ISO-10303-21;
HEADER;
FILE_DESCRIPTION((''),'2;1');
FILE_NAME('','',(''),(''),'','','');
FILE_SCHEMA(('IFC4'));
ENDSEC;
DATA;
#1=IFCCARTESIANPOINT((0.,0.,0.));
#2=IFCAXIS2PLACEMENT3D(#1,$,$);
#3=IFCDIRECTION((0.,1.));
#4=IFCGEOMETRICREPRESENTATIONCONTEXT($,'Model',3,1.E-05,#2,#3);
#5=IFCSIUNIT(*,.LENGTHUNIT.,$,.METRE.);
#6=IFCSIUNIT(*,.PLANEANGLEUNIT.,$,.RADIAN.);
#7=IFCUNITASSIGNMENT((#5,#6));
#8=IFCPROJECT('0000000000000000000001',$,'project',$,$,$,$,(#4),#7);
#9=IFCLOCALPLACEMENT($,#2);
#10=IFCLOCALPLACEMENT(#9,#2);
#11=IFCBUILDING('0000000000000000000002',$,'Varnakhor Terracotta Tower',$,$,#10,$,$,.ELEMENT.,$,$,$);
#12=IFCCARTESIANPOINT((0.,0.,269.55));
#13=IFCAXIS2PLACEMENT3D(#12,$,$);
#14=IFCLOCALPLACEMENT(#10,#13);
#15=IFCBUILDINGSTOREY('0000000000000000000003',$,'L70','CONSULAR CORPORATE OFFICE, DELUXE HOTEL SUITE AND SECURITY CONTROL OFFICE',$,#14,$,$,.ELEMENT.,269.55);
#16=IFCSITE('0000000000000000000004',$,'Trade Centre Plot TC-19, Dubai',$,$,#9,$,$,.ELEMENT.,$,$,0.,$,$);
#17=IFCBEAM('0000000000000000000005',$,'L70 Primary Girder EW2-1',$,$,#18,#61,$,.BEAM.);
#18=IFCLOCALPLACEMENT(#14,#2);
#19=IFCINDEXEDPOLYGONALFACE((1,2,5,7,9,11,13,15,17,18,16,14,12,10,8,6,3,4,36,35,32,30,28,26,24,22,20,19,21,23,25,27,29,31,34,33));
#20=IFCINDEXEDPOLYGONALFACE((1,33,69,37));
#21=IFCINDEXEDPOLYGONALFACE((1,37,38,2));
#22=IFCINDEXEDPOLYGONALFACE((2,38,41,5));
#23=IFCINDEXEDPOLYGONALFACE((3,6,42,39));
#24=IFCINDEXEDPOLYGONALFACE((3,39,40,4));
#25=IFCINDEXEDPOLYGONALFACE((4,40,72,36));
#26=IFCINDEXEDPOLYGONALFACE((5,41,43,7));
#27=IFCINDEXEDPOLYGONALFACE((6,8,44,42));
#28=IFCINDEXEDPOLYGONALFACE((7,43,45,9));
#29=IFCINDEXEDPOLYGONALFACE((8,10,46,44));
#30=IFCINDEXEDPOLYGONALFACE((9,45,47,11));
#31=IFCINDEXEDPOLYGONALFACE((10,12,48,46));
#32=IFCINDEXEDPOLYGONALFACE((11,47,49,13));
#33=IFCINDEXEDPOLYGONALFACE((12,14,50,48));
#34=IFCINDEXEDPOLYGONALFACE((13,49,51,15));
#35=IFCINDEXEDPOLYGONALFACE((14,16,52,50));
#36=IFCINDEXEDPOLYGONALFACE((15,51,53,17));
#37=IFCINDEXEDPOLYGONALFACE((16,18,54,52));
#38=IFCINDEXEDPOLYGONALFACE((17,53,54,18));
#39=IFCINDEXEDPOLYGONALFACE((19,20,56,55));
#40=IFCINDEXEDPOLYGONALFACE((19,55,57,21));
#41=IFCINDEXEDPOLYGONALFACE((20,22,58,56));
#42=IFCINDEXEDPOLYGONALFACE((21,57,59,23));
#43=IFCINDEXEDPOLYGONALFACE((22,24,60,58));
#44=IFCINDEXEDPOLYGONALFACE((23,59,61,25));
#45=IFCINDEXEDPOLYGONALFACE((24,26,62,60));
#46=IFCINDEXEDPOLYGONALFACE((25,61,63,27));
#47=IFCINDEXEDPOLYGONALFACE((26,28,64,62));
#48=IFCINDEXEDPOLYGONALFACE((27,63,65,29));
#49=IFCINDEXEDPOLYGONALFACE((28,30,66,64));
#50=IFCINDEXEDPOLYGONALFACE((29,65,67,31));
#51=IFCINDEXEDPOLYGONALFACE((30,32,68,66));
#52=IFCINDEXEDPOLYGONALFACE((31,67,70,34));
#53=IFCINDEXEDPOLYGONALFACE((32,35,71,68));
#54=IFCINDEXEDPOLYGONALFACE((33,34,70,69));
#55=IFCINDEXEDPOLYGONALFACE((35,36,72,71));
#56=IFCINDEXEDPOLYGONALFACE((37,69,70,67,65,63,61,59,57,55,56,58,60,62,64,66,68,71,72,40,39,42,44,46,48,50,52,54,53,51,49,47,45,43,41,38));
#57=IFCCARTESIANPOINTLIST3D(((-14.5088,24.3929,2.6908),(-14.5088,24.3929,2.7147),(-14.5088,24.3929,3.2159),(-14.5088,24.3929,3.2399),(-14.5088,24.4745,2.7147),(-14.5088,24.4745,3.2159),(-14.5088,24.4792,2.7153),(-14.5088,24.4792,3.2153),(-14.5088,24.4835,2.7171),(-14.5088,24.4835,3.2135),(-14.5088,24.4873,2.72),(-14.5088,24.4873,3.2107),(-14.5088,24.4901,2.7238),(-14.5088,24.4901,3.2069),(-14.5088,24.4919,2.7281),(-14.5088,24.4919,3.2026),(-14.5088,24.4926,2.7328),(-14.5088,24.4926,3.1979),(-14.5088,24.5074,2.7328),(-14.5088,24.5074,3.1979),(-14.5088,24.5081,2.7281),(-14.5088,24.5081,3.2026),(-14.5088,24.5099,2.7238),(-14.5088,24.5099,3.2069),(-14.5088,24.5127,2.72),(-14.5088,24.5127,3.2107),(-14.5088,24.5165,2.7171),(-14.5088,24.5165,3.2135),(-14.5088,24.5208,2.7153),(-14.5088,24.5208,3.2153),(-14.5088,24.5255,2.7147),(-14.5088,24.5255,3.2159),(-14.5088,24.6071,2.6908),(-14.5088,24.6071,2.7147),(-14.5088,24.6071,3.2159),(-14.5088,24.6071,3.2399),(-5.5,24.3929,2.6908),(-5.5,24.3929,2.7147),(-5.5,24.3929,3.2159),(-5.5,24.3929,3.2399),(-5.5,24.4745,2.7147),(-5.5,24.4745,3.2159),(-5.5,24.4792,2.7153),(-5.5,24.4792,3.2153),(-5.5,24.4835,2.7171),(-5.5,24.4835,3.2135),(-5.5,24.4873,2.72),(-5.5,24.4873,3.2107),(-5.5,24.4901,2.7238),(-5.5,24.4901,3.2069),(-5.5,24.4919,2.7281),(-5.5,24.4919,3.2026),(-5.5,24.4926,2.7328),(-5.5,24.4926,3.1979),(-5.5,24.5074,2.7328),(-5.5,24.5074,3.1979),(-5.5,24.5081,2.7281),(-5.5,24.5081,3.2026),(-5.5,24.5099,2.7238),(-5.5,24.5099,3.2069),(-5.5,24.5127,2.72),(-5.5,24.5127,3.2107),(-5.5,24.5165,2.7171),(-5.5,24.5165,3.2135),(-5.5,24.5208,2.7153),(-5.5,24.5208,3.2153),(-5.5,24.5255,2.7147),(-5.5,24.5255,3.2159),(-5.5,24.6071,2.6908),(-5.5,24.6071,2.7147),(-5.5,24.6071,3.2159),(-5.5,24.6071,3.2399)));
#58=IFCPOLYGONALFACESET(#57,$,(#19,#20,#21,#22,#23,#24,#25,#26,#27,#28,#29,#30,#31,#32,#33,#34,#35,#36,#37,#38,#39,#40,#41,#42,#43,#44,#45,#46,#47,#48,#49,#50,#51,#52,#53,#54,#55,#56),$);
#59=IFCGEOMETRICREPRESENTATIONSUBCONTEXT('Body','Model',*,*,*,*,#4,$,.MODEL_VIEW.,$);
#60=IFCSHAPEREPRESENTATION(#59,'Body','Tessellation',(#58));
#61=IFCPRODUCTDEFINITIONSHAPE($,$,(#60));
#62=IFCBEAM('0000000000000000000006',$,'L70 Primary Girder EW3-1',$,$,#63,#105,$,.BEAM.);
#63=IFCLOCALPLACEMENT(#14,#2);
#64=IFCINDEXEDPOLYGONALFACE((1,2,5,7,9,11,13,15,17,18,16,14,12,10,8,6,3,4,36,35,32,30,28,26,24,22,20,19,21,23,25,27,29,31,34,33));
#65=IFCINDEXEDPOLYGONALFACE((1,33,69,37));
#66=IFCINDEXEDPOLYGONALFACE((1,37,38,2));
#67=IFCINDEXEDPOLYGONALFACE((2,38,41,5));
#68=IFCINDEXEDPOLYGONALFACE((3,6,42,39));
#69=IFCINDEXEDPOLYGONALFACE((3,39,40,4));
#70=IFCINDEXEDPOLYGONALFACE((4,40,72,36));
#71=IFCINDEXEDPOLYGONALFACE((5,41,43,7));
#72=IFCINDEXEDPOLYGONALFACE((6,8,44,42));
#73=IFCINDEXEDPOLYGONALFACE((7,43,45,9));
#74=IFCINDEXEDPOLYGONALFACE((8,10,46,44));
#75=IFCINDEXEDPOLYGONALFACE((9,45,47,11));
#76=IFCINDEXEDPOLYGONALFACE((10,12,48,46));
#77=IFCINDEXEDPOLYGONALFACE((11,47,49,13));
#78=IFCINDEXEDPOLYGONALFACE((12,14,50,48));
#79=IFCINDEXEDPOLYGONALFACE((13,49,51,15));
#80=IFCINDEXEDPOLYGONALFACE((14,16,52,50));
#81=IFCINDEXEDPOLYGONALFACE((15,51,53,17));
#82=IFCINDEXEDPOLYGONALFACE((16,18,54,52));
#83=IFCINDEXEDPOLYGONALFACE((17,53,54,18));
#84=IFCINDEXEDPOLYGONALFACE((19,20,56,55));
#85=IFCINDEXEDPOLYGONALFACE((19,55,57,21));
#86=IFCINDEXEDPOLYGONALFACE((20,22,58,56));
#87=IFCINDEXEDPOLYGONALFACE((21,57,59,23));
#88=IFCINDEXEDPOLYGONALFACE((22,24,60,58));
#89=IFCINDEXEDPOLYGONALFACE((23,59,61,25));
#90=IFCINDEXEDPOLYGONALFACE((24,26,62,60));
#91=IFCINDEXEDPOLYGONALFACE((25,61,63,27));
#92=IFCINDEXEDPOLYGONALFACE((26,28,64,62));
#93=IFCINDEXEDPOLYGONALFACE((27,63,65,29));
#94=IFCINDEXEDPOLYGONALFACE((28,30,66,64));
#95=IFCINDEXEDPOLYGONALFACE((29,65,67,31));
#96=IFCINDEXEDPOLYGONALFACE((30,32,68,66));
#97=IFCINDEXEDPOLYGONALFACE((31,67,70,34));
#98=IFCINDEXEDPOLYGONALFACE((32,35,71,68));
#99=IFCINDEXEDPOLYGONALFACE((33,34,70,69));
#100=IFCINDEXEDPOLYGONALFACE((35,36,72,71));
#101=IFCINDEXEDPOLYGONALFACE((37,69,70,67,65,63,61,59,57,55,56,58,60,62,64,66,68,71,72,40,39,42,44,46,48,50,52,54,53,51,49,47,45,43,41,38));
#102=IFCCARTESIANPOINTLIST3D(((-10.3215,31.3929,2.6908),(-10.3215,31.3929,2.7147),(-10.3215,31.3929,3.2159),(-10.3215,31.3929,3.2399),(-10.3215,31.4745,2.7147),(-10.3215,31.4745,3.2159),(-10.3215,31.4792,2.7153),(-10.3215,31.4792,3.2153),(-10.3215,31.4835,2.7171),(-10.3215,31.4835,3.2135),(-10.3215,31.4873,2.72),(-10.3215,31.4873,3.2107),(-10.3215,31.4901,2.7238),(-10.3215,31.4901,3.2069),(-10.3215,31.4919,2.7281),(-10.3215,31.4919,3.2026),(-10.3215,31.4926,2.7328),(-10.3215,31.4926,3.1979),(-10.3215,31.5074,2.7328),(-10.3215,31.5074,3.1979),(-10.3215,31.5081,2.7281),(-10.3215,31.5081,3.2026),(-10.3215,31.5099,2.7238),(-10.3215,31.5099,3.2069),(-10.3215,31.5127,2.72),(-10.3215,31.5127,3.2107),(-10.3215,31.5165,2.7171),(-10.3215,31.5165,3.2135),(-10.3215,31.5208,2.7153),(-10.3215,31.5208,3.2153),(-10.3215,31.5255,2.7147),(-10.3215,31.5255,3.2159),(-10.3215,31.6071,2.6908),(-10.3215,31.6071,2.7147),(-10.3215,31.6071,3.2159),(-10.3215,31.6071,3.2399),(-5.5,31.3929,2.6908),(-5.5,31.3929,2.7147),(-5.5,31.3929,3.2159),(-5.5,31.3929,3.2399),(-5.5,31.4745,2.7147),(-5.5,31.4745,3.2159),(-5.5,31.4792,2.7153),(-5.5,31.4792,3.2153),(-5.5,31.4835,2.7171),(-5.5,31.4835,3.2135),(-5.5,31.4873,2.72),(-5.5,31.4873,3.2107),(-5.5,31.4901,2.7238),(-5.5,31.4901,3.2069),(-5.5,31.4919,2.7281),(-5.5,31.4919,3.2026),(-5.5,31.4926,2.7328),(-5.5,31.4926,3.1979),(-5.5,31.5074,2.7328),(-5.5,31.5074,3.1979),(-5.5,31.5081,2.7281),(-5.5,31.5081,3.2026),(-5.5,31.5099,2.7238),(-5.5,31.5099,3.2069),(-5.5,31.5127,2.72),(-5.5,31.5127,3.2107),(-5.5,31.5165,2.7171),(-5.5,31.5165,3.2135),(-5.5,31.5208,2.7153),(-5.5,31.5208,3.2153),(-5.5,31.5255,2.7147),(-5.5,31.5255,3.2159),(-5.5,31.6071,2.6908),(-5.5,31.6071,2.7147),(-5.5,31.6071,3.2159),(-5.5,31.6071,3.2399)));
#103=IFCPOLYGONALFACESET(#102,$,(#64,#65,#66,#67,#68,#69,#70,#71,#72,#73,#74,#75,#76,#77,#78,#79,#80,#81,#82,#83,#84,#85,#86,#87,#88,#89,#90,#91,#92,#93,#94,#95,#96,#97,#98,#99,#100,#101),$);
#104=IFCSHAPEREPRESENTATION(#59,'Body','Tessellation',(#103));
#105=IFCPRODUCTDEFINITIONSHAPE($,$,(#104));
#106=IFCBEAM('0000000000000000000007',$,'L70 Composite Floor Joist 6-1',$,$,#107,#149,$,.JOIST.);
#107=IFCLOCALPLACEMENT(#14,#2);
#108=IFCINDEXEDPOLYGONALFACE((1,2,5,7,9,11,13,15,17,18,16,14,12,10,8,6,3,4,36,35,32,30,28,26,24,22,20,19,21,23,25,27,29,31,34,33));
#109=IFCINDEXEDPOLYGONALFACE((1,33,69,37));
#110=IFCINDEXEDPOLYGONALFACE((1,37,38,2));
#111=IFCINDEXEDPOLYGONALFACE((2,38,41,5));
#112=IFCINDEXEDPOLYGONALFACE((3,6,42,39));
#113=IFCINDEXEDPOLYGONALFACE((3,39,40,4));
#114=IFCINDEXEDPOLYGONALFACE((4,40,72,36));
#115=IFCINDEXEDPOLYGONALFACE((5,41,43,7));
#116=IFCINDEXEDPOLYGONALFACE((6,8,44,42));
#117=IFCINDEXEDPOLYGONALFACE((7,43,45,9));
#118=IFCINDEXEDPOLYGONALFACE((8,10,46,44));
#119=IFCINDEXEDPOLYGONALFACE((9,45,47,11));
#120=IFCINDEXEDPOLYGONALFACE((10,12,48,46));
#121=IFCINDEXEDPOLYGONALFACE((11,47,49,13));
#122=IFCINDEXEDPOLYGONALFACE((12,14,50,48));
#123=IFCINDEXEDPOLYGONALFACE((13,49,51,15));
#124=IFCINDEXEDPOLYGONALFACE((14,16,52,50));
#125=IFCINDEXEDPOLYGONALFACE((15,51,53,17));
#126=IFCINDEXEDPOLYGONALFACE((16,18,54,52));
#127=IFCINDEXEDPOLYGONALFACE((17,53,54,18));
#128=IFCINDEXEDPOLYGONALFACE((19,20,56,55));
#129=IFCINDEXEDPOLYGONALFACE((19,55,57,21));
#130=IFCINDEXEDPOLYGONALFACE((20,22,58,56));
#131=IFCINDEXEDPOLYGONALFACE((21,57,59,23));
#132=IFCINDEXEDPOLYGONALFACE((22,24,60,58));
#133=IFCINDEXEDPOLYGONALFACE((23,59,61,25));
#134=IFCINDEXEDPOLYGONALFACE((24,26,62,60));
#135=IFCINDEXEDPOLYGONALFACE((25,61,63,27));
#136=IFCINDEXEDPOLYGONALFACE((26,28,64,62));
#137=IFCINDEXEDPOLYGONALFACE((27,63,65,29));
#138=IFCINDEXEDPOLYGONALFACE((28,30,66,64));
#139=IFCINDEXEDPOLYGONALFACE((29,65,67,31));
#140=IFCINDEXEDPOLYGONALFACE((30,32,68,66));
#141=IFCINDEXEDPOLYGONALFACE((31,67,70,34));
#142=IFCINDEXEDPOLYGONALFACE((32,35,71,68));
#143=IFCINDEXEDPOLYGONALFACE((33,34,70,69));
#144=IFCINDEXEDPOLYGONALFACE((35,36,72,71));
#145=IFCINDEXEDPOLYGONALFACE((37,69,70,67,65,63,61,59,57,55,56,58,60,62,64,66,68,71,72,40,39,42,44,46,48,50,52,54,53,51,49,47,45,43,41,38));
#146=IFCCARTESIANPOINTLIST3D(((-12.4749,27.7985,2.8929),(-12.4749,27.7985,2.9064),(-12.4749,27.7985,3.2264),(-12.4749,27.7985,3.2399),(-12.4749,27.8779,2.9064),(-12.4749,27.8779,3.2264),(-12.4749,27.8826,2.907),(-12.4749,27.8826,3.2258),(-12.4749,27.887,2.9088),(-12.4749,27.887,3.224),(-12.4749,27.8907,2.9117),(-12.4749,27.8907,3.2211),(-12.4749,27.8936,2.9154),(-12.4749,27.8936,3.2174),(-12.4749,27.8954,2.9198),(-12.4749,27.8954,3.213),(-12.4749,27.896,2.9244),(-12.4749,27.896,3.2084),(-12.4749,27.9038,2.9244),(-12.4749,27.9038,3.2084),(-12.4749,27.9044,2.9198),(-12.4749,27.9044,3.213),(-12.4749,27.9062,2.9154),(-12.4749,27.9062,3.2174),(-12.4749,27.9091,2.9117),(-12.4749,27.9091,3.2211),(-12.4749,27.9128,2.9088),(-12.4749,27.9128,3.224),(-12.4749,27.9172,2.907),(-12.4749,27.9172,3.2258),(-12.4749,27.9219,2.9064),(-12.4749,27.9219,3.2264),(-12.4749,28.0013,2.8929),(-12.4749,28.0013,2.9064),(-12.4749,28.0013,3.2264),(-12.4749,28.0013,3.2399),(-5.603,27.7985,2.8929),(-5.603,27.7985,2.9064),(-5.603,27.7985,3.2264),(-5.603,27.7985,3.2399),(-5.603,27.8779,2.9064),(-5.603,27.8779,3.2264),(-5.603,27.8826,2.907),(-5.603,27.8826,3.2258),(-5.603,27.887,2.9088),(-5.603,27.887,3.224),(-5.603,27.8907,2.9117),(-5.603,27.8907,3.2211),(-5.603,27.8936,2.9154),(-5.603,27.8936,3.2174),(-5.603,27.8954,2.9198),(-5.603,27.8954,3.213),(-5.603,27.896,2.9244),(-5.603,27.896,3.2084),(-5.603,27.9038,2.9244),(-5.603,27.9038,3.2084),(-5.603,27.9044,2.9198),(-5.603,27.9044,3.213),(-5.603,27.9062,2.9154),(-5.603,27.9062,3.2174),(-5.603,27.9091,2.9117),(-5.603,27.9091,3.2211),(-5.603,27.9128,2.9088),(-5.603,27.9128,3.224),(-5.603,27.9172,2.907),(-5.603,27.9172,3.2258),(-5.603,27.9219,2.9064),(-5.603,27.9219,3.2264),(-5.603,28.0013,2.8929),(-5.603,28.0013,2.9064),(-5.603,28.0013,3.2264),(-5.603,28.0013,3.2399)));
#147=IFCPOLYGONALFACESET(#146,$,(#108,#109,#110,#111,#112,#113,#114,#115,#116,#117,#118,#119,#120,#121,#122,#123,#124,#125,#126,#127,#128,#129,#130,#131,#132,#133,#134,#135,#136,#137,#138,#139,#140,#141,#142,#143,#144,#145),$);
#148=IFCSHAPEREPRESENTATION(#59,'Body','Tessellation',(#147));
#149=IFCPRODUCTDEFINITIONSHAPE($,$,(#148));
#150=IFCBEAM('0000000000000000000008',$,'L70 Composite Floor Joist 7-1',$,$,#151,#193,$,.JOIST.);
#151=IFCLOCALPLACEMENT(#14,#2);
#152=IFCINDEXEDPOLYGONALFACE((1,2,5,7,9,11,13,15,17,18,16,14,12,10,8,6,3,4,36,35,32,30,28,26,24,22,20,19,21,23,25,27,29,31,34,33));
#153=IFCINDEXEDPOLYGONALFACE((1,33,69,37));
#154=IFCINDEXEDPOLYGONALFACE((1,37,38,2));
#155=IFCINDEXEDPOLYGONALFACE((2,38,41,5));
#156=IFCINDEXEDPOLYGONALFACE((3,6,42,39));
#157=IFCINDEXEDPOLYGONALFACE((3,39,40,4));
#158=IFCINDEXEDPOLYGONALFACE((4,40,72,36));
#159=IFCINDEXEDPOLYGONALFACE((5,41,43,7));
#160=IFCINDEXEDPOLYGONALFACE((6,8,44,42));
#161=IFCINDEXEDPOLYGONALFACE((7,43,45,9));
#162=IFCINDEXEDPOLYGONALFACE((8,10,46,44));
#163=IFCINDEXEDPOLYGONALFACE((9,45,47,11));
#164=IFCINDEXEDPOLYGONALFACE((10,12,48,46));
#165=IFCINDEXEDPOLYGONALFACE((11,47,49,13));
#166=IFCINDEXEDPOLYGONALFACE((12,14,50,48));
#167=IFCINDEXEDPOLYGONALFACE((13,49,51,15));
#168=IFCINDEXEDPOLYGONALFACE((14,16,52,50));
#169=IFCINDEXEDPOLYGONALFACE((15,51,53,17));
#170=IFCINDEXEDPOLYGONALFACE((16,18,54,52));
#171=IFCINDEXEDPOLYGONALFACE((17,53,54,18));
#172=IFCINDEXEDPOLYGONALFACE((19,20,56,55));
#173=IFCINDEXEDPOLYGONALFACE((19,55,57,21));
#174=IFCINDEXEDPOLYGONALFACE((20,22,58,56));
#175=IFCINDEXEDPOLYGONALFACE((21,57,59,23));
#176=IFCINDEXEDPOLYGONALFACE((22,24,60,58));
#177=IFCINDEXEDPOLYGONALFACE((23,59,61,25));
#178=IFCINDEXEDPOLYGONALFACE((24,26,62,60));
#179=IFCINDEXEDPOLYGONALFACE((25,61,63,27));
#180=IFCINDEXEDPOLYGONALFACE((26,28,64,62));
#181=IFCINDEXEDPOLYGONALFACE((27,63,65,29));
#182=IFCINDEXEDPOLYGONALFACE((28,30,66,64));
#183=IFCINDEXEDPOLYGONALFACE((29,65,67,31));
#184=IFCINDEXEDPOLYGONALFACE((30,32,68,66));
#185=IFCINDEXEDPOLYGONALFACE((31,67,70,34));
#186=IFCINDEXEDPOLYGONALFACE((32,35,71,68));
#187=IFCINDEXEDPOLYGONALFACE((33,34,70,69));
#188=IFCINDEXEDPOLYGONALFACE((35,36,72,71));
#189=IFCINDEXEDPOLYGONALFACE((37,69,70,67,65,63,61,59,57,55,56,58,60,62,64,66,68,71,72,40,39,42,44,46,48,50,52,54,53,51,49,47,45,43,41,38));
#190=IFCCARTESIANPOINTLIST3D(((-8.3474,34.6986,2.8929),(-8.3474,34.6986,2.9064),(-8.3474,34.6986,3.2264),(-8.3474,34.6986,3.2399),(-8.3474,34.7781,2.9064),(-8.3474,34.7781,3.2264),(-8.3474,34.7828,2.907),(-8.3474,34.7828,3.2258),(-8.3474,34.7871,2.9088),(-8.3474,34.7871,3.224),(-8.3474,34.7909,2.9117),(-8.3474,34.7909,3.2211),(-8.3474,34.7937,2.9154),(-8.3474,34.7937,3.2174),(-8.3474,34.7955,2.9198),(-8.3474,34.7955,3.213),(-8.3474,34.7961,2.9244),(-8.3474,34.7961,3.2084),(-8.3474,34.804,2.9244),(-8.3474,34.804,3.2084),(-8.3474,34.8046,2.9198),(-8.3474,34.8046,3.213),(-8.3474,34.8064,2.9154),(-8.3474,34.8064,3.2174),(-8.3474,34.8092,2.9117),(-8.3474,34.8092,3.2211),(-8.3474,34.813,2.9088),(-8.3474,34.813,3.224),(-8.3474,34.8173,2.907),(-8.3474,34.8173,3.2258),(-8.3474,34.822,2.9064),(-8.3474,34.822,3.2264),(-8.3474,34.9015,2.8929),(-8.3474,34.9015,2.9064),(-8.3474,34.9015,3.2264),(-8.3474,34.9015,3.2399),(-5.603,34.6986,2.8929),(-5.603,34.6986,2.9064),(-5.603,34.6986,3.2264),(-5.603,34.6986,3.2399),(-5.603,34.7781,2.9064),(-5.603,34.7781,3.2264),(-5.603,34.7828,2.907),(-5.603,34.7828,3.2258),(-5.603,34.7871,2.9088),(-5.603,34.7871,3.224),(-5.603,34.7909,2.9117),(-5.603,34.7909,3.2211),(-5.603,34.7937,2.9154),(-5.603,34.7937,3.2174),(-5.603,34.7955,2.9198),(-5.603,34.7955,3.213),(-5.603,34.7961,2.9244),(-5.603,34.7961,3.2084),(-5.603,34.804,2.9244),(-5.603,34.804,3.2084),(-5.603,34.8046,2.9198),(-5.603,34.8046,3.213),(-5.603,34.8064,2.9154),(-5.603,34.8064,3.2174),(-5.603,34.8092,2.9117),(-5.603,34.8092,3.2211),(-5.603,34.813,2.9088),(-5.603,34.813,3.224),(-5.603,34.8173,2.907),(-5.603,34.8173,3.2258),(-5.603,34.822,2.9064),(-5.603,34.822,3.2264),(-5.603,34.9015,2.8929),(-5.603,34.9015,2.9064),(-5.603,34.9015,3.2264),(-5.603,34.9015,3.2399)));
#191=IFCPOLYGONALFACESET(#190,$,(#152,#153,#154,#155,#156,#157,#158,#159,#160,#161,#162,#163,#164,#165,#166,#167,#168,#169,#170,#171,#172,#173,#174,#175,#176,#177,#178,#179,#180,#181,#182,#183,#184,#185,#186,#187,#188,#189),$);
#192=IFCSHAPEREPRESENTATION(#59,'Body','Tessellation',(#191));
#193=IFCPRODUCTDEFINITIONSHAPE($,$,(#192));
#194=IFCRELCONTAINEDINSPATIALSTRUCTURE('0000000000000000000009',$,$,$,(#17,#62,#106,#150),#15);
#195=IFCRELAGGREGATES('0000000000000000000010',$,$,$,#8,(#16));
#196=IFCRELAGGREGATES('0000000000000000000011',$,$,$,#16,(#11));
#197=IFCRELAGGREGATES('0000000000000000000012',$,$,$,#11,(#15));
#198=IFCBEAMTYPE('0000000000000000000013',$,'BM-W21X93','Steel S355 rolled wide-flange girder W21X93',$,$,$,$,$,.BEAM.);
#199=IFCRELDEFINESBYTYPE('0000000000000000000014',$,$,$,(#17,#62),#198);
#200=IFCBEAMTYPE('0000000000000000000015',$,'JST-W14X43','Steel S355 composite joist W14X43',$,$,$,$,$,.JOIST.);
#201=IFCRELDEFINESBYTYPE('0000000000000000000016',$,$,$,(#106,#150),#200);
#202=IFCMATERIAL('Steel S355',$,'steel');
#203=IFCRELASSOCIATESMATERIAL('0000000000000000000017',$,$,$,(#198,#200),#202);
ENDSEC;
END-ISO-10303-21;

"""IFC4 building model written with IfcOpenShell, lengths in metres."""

from ifc_helpers import new_model, si_unit, direction, frame, origin, origin_2d, place, context, subcontext, project, spatial, i_section, extrude, source, transform, mapped, material, material_profile, profile_set, type_object, element, save


model = new_model("IFC4")

# Units and contexts
model_context = context("Model", 3, precision=1e-05, world=origin(), true_north=direction((0.0, 1.0)))
body_context = subcontext(model_context, "Body", "Model", "MODEL_VIEW")
ifc_project = project(units=[si_unit("LENGTHUNIT", "METRE"), si_unit("PLANEANGLEUNIT", "RADIAN")], contexts=[model_context])

# Site, building, storey
site_placement = place(None, origin())
site = spatial("IfcSite", under=ifc_project, at=site_placement, Name="Trade Centre Plot TC-19, Dubai", CompositionType="ELEMENT", RefElevation=0.0)
building_placement = place(site_placement, origin())
building = spatial("IfcBuilding", under=site, at=building_placement, Name="Varnakhor Terracotta Tower", CompositionType="ELEMENT")
storey_placement = place(building_placement, frame((0.0, 0.0, 269.55)))
storey = spatial("IfcBuildingStorey", under=building, at=storey_placement, Name="L70", Description="CONSULAR CORPORATE OFFICE, DELUXE HOTEL SUITE AND SECURITY CONTROL OFFICE", CompositionType="ELEMENT", Elevation=269.55)

# Beams
ifc_material_1 = material(Name="Steel S355", Category="steel")
ifc_material_profile_1 = material_profile(ifc_material_1, i_section(OverallWidth=0.2141, OverallDepth=0.5491, WebThickness=0.0149, FlangeThickness=0.0239, FilletRadius=0.0181, at=origin_2d()), Name="W21X93")
ifc_profile_set_1 = profile_set([ifc_material_profile_1], Name="Steel S355")
beam_type_1 = type_object("IfcBeamType", Name="BM-W21X93", Description="Steel S355 rolled wide-flange girder W21X93", PredefinedType="BEAM", material=ifc_profile_set_1)
ifc_material_profile_2 = material_profile(ifc_material_1, i_section(OverallWidth=0.2029, OverallDepth=0.3469, WebThickness=0.0078, FlangeThickness=0.0134, FilletRadius=0.0181, at=origin_2d()), Name="W14X43")
ifc_profile_set_2 = profile_set([ifc_material_profile_2], Name="Steel S355")
beam_type_2 = type_object("IfcBeamType", Name="JST-W14X43", Description="Steel S355 composite joist W14X43", PredefinedType="JOIST", material=ifc_profile_set_2)
shared_shape_1 = source(origin(), body_context, "Body", "SweptSolid", [
    extrude(i_section(OverallWidth=0.2141, OverallDepth=0.5491, WebThickness=0.0149, FlangeThickness=0.0239, FilletRadius=0.0181, at=origin_2d()), origin(), (0.0, 0.0, 1.0), 9.0088),
])
beam_1_placement = place(storey_placement, frame((-14.5088, 24.5, 2.9653), z_axis=(1.0, 0.0, 0.0), x_axis=(0.0, 1.0, 0.0)))
element("IfcBeam", 1, at=beam_1_placement, inside=storey, type_object=beam_type_1, Name="L70 Primary Girder EW2-1", PredefinedType="BEAM", context=body_context, shape_type="MappedRepresentation", body=[
    mapped(shared_shape_1, transform((0.0, 0.0, 0.0), scale=1.0)),
])
shared_shape_2 = source(origin(), body_context, "Body", "SweptSolid", [
    extrude(i_section(OverallWidth=0.2141, OverallDepth=0.5491, WebThickness=0.0149, FlangeThickness=0.0239, FilletRadius=0.0181, at=origin_2d()), origin(), (0.0, 0.0, 1.0), 4.8215),
])
beam_2_placement = place(storey_placement, frame((-10.3215, 31.5, 2.9653), z_axis=(1.0, 0.0, 0.0), x_axis=(0.0, 1.0, 0.0)))
element("IfcBeam", 2, at=beam_2_placement, inside=storey, type_object=beam_type_1, Name="L70 Primary Girder EW3-1", PredefinedType="BEAM", context=body_context, shape_type="MappedRepresentation", body=[
    mapped(shared_shape_2, transform((0.0, 0.0, 0.0), scale=1.0)),
])
shared_shape_3 = source(origin(), body_context, "Body", "SweptSolid", [
    extrude(i_section(OverallWidth=0.2029, OverallDepth=0.3469, WebThickness=0.0078, FlangeThickness=0.0134, FilletRadius=0.0181, at=origin_2d()), origin(), (0.0, 0.0, 1.0), 6.8718),
])
beam_3_placement = place(storey_placement, frame((-12.4749, 27.8999, 3.0664), z_axis=(1.0, 0.0, 0.0), x_axis=(0.0, 1.0, 0.0)))
element("IfcBeam", 3, at=beam_3_placement, inside=storey, type_object=beam_type_2, Name="L70 Composite Floor Joist 6-1", PredefinedType="JOIST", context=body_context, shape_type="MappedRepresentation", body=[
    mapped(shared_shape_3, transform((0.0, 0.0, 0.0), scale=1.0)),
])
shared_shape_4 = source(origin(), body_context, "Body", "SweptSolid", [
    extrude(i_section(OverallWidth=0.2029, OverallDepth=0.3469, WebThickness=0.0078, FlangeThickness=0.0134, FilletRadius=0.0181, at=origin_2d()), origin(), (0.0, 0.0, 1.0), 2.7444),
])
beam_4_placement = place(storey_placement, frame((-8.3474, 34.8, 3.0664), z_axis=(1.0, 0.0, 0.0), x_axis=(0.0, 1.0, 0.0)))
element("IfcBeam", 4, at=beam_4_placement, inside=storey, type_object=beam_type_2, Name="L70 Composite Floor Joist 7-1", PredefinedType="JOIST", context=body_context, shape_type="MappedRepresentation", body=[
    mapped(shared_shape_4, transform((0.0, 0.0, 0.0), scale=1.0)),
])

save(model, "model.ifc")
